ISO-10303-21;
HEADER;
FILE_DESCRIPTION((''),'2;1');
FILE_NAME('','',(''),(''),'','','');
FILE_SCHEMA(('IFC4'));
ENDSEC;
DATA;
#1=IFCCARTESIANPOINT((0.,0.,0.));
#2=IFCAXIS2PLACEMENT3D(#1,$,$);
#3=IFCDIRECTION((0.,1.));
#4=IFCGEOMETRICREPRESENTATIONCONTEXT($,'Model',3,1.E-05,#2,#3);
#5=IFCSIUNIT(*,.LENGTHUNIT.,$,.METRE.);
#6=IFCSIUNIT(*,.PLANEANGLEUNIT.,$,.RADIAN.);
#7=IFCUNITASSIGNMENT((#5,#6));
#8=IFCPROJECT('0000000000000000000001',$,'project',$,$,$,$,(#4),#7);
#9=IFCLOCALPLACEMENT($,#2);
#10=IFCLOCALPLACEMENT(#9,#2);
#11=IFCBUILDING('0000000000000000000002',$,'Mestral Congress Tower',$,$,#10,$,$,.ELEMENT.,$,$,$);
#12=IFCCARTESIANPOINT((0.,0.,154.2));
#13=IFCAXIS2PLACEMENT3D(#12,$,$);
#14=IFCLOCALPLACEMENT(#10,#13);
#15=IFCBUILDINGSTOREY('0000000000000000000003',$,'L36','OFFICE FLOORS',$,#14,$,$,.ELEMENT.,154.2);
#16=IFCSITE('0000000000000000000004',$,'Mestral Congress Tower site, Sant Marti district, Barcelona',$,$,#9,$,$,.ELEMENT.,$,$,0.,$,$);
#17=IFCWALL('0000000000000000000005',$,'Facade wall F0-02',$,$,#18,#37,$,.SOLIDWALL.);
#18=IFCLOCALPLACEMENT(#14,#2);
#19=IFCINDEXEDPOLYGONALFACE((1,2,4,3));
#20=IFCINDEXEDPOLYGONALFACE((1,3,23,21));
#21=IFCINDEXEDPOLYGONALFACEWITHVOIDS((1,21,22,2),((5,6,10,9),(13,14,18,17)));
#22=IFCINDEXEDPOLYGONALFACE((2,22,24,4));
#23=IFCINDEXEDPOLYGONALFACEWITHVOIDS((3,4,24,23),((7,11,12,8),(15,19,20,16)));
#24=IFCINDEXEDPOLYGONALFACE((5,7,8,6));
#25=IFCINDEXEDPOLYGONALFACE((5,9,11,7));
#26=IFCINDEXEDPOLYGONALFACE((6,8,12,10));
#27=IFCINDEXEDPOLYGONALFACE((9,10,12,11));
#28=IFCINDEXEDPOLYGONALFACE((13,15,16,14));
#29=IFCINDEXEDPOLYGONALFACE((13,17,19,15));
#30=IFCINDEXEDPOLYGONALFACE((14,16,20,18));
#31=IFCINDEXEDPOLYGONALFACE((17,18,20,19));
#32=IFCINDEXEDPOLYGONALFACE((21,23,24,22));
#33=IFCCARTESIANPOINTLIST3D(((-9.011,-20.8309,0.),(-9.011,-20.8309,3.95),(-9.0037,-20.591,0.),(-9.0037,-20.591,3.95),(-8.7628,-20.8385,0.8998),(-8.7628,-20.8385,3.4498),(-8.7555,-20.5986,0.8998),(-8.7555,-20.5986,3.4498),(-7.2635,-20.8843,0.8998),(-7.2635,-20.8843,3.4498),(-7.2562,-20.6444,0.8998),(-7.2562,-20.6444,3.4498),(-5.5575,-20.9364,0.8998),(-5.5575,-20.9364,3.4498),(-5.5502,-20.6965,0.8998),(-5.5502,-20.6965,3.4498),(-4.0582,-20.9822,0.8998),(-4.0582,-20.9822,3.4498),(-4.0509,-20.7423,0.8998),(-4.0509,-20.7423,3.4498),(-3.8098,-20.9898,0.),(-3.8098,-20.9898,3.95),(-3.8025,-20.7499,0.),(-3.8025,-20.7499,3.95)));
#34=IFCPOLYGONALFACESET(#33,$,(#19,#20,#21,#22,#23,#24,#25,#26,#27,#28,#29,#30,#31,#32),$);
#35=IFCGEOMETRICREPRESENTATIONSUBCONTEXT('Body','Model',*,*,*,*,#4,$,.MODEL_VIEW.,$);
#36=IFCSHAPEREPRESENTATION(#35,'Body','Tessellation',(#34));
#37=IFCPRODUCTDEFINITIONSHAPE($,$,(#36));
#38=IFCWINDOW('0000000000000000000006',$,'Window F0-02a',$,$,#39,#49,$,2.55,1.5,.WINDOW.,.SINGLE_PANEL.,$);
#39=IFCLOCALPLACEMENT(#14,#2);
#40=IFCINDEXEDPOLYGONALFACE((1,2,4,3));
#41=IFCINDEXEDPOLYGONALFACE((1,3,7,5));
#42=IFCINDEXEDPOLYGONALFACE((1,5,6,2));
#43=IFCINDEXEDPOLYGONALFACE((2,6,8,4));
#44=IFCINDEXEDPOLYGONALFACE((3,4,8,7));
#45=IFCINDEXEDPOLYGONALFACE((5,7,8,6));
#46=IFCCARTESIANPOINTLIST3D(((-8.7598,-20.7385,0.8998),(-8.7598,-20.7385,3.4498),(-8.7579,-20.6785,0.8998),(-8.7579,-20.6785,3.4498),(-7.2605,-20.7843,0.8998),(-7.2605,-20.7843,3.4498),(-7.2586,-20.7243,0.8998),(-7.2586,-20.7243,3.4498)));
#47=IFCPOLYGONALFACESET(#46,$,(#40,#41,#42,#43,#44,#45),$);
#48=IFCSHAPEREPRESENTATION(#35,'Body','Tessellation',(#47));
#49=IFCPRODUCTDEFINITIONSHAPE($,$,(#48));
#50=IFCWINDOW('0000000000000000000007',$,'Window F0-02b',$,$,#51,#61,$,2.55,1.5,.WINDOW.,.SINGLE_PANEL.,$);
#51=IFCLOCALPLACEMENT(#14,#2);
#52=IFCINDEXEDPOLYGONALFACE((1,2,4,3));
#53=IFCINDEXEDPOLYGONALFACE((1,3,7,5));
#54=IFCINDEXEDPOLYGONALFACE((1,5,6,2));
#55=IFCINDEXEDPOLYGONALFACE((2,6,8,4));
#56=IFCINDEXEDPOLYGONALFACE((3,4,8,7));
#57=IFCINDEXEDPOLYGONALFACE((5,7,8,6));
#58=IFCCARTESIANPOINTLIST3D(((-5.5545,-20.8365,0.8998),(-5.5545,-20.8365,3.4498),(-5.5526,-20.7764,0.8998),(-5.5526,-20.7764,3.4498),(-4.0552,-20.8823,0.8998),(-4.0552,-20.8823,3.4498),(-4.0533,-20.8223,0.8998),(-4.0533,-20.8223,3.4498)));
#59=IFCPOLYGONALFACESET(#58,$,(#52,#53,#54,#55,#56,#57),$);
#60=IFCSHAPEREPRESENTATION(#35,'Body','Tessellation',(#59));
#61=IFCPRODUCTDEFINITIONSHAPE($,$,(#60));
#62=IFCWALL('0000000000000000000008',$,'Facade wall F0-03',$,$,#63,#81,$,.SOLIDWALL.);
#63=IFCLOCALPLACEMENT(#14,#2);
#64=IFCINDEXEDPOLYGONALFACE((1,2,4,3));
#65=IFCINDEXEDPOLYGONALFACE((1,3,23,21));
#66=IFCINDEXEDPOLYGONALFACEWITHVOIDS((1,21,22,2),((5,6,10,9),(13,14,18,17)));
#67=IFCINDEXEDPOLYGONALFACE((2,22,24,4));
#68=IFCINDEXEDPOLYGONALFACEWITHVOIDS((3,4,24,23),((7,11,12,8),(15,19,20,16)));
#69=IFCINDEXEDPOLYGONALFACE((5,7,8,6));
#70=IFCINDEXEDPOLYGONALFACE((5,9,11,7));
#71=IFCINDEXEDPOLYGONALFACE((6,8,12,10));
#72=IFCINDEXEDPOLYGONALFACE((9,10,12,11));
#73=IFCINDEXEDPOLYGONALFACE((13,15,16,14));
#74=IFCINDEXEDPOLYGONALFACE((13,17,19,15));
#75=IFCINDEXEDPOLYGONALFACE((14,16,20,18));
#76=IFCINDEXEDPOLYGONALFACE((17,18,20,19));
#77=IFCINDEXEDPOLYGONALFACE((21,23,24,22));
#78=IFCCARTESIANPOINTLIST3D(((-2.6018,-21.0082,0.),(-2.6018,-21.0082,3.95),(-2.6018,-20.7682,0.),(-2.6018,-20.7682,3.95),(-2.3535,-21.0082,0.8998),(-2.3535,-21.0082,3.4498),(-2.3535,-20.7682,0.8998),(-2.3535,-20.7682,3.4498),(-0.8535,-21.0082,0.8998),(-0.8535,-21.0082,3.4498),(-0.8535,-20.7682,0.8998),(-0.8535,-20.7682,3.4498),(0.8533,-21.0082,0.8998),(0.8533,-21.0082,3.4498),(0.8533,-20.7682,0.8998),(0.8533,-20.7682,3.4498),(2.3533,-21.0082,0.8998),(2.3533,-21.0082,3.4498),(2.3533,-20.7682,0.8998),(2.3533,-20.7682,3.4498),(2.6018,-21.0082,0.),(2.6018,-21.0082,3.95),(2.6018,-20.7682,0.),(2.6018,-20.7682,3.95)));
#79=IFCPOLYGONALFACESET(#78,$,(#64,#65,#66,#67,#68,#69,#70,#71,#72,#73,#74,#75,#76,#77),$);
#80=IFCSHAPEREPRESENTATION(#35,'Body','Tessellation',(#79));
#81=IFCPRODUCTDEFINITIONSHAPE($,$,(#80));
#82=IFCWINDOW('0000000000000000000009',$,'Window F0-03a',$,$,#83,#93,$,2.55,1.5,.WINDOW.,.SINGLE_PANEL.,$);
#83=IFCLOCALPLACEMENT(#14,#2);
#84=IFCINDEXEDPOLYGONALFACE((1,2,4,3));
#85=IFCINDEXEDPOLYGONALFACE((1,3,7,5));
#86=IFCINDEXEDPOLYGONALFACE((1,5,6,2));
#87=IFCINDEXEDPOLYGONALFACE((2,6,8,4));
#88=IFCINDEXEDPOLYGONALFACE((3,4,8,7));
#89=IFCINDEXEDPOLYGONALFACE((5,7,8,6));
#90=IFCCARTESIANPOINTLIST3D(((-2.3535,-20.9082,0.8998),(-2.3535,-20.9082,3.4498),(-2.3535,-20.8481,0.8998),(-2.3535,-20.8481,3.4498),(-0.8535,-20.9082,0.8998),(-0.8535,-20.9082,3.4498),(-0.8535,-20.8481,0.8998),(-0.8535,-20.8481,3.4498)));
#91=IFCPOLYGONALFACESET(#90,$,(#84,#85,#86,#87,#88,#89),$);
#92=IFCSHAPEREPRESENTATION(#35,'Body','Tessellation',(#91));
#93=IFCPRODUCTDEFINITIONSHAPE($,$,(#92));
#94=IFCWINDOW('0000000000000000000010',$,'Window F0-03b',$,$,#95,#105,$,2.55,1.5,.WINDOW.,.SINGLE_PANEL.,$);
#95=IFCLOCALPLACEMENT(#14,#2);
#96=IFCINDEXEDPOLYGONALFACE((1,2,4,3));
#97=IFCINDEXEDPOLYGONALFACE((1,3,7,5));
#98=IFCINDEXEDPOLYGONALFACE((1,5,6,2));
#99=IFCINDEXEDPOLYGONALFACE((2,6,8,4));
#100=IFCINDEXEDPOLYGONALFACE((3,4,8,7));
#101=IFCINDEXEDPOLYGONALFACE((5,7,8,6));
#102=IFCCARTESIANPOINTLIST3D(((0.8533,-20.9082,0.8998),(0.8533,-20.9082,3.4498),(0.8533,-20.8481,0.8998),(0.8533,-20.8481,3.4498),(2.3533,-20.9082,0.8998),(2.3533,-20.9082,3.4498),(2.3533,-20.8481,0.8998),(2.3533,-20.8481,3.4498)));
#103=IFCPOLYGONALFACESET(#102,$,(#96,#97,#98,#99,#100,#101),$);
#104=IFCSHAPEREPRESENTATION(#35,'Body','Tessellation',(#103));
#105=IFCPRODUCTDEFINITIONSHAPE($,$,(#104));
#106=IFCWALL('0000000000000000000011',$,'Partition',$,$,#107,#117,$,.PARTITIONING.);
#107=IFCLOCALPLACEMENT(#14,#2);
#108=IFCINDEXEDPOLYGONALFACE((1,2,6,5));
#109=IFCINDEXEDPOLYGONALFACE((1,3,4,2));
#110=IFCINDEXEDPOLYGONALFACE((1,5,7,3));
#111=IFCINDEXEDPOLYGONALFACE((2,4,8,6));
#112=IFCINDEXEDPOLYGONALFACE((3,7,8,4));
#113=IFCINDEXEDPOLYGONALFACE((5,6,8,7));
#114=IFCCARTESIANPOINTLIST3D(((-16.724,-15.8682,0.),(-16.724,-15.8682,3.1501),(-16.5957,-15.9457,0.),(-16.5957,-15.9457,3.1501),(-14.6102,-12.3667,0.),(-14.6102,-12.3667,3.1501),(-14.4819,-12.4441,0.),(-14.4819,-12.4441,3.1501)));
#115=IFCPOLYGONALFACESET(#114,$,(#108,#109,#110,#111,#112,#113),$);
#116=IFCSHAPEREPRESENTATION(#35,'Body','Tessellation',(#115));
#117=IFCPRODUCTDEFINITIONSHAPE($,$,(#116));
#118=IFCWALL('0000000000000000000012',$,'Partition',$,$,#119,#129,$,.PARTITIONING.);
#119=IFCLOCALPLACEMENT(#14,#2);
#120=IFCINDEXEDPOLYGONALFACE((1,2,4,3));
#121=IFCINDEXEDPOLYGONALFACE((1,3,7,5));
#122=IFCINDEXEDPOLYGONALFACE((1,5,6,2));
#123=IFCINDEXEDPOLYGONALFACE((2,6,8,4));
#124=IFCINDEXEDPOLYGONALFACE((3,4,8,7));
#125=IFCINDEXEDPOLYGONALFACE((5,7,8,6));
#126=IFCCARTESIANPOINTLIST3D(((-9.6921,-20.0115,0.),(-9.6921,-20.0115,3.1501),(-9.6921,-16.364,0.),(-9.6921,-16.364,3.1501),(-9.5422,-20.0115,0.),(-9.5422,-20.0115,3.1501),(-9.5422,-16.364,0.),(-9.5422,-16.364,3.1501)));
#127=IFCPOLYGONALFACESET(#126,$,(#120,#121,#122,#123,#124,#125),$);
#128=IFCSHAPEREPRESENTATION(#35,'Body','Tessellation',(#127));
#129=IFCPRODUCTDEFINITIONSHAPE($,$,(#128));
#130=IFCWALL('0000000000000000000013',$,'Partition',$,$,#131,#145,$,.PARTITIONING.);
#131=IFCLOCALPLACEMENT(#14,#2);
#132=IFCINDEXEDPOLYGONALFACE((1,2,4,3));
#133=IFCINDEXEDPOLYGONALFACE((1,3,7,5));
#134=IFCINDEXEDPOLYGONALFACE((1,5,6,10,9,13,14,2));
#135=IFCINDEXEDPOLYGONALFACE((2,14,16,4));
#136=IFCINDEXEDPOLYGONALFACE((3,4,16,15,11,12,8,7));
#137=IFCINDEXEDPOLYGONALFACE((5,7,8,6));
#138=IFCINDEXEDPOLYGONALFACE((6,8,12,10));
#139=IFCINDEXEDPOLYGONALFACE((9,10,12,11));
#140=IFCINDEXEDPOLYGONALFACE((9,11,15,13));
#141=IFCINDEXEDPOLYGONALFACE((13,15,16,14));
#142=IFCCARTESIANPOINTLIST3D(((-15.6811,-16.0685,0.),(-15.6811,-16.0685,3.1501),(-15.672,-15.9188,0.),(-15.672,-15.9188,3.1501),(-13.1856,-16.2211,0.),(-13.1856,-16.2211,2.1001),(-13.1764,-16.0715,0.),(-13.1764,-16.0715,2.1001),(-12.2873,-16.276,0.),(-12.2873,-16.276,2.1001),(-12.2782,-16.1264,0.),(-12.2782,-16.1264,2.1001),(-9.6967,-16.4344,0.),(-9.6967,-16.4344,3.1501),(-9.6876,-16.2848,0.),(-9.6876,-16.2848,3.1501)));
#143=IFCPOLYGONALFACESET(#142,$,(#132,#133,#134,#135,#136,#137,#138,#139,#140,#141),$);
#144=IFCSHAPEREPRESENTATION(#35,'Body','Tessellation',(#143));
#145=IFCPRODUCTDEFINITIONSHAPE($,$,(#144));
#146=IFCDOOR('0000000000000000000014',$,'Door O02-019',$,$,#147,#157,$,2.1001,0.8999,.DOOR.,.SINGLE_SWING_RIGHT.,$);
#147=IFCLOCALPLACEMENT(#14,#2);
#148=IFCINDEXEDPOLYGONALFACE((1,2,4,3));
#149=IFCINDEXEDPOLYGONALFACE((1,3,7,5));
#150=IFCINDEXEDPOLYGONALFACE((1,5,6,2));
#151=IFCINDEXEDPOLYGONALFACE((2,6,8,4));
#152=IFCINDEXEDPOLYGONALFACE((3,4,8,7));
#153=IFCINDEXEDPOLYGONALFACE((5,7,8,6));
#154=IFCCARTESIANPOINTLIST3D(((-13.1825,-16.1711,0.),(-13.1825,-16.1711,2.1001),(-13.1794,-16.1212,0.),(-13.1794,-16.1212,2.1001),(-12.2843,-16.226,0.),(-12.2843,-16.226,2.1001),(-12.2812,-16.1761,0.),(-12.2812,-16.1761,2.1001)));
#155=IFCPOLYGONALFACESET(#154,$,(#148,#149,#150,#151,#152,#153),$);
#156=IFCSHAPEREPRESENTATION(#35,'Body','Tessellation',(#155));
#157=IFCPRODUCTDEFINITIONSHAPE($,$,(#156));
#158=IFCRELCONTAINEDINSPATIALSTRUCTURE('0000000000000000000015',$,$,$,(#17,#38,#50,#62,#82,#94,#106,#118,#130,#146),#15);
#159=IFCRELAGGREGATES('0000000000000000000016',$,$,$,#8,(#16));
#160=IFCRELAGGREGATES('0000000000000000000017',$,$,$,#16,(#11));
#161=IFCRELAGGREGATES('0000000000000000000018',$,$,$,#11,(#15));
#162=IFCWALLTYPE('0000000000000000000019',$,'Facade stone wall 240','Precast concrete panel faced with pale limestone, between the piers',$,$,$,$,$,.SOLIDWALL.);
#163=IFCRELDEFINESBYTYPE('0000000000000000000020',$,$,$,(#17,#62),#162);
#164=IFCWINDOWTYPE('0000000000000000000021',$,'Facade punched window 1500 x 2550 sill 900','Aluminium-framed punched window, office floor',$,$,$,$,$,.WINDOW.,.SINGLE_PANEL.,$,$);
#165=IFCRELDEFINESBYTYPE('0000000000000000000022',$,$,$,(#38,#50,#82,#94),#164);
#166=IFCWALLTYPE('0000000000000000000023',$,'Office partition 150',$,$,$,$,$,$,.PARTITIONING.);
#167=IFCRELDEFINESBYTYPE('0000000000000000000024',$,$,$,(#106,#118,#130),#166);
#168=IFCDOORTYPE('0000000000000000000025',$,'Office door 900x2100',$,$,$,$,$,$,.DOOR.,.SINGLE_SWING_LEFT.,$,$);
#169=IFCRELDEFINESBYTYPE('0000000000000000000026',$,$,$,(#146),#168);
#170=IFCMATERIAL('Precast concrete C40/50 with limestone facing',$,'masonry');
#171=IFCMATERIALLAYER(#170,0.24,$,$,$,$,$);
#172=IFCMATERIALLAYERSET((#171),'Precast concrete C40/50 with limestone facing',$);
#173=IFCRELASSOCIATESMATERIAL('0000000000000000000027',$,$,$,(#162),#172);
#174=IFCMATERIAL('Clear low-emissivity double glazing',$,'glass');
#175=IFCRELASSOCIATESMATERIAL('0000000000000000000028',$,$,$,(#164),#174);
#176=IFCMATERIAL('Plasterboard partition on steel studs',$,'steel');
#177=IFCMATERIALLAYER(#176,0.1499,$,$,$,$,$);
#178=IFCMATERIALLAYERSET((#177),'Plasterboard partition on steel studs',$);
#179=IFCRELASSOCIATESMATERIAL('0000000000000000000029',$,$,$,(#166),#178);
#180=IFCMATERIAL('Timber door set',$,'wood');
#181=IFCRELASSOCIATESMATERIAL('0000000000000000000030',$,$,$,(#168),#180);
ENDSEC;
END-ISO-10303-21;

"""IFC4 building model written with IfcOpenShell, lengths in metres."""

from ifc_helpers import new_model, si_unit, direction, frame, frame_2d, origin, place, context, subcontext, project, spatial, rectangle, extrude, material, layer, layer_set, type_object, element, fill, save


model = new_model("IFC4")

# Units and contexts
model_context = context("Model", 3, precision=1e-05, world=origin(), true_north=direction((0.0, 1.0)))
body_context = subcontext(model_context, "Body", "Model", "MODEL_VIEW")
ifc_project = project(units=[si_unit("LENGTHUNIT", "METRE"), si_unit("PLANEANGLEUNIT", "RADIAN")], contexts=[model_context])

# Site, building, storey
site_placement = place(None, origin())
site = spatial("IfcSite", under=ifc_project, at=site_placement, Name="Mestral Congress Tower site, Sant Marti district, Barcelona", CompositionType="ELEMENT", RefElevation=0.0)
building_placement = place(site_placement, origin())
building = spatial("IfcBuilding", under=site, at=building_placement, Name="Mestral Congress Tower", CompositionType="ELEMENT")
storey_placement = place(building_placement, frame((0.0, 0.0, 154.2)))
storey = spatial("IfcBuildingStorey", under=building, at=storey_placement, Name="L36", Description="OFFICE FLOORS", CompositionType="ELEMENT", Elevation=154.2)

# Walls, openings, windows
ifc_material_1 = material(Name="Precast concrete C40/50 with limestone facing", Category="masonry")
ifc_layer_1 = layer(ifc_material_1, 0.24)
ifc_layer_set_1 = layer_set([ifc_layer_1], Name="Precast concrete C40/50 with limestone facing")
wall_type_1 = type_object("IfcWallType", Name="Facade stone wall 240", Description="Precast concrete panel faced with pale limestone, between the piers", PredefinedType="SOLIDWALL", material=ifc_layer_set_1)
wall_1_placement = place(storey_placement, frame((-9.0073, -20.7109, 0.0), z_axis=(0.0, 0.0, 1.0), x_axis=(0.999533, -0.030543, 0.0)))
wall_1 = element("IfcWall", 1, at=wall_1_placement, inside=storey, type_object=wall_type_1, Name="Facade wall F0-02", PredefinedType="SOLIDWALL", context=body_context, shape_type="SweptSolid", body=[
    extrude(rectangle(XDim=5.2036, YDim=0.24, at=frame_2d((2.6018, 0.0))), origin(), (0.0, 0.0, 1.0), 3.95),
])
opening_1_placement = place(wall_1_placement, frame((0.2483, 0.0, 0.8999)))
opening_1 = element("IfcOpeningElement", 2, at=opening_1_placement, cuts=wall_1, PredefinedType="OPENING", context=body_context, shape_type="SweptSolid", body=[
    extrude(rectangle(XDim=1.5, YDim=2.55, at=frame_2d((0.75, 1.2749))), frame((0.0, 0.1299, 0.0), z_axis=(0.0, -1.0, 0.0), x_axis=(1.0, 0.0, 0.0)), (0.0, 0.0, 1.0), 0.26),
])
opening_2_placement = place(wall_1_placement, frame((3.4551, 0.0, 0.8999)))
opening_2 = element("IfcOpeningElement", 3, at=opening_2_placement, cuts=wall_1, PredefinedType="OPENING", context=body_context, shape_type="SweptSolid", body=[
    extrude(rectangle(XDim=1.5, YDim=2.55, at=frame_2d((0.75, 1.2749))), frame((0.0, 0.1299, 0.0), z_axis=(0.0, -1.0, 0.0), x_axis=(1.0, 0.0, 0.0)), (0.0, 0.0, 1.0), 0.26),
])
ifc_material_2 = material(Name="Clear low-emissivity double glazing", Category="glass")
window_type = type_object("IfcWindowType", Name="Facade punched window 1500 x 2550 sill 900", Description="Aluminium-framed punched window, office floor", PartitioningType="SINGLE_PANEL", PredefinedType="WINDOW", material=ifc_material_2)
window_1_placement = place(opening_1_placement, origin())
window_1 = element("IfcWindow", 4, at=window_1_placement, inside=storey, type_object=window_type, Name="Window F0-02a", OverallHeight=2.55, OverallWidth=1.5, PartitioningType="SINGLE_PANEL", PredefinedType="WINDOW", context=body_context, shape_type="SweptSolid", body=[
    extrude(rectangle(XDim=1.5, YDim=2.55, at=frame_2d((0.75, 1.2749))), frame((0.0, 0.04, 0.0), z_axis=(0.0, -1.0, 0.0), x_axis=(1.0, 0.0, 0.0)), (0.0, 0.0, 1.0), 0.0601),
])
fill(opening_1, window_1)
window_2_placement = place(opening_2_placement, origin())
window_2 = element("IfcWindow", 5, at=window_2_placement, inside=storey, type_object=window_type, Name="Window F0-02b", OverallHeight=2.55, OverallWidth=1.5, PartitioningType="SINGLE_PANEL", PredefinedType="WINDOW", context=body_context, shape_type="SweptSolid", body=[
    extrude(rectangle(XDim=1.5, YDim=2.55, at=frame_2d((0.75, 1.2749))), frame((0.0, 0.04, 0.0), z_axis=(0.0, -1.0, 0.0), x_axis=(1.0, 0.0, 0.0)), (0.0, 0.0, 1.0), 0.0601),
])
fill(opening_2, window_2)
wall_2_placement = place(storey_placement, frame((-2.6018, -20.8882, 0.0), z_axis=(0.0, 0.0, 1.0), x_axis=(1.0, 0.0, 0.0)))
wall_2 = element("IfcWall", 6, at=wall_2_placement, inside=storey, type_object=wall_type_1, Name="Facade wall F0-03", PredefinedType="SOLIDWALL", context=body_context, shape_type="SweptSolid", body=[
    extrude(rectangle(XDim=5.2036, YDim=0.24, at=frame_2d((2.6018, 0.0))), origin(), (0.0, 0.0, 1.0), 3.95),
])
opening_3_placement = place(wall_2_placement, frame((0.2483, 0.0, 0.8999)))
opening_3 = element("IfcOpeningElement", 7, at=opening_3_placement, cuts=wall_2, PredefinedType="OPENING", context=body_context, shape_type="SweptSolid", body=[
    extrude(rectangle(XDim=1.5, YDim=2.55, at=frame_2d((0.75, 1.2749))), frame((0.0, 0.1299, 0.0), z_axis=(0.0, -1.0, 0.0), x_axis=(1.0, 0.0, 0.0)), (0.0, 0.0, 1.0), 0.26),
])
opening_4_placement = place(wall_2_placement, frame((3.4551, 0.0, 0.8999)))
opening_4 = element("IfcOpeningElement", 8, at=opening_4_placement, cuts=wall_2, PredefinedType="OPENING", context=body_context, shape_type="SweptSolid", body=[
    extrude(rectangle(XDim=1.5, YDim=2.55, at=frame_2d((0.75, 1.2749))), frame((0.0, 0.1299, 0.0), z_axis=(0.0, -1.0, 0.0), x_axis=(1.0, 0.0, 0.0)), (0.0, 0.0, 1.0), 0.26),
])
window_3_placement = place(opening_3_placement, origin())
window_3 = element("IfcWindow", 9, at=window_3_placement, inside=storey, type_object=window_type, Name="Window F0-03a", OverallHeight=2.55, OverallWidth=1.5, PartitioningType="SINGLE_PANEL", PredefinedType="WINDOW", context=body_context, shape_type="SweptSolid", body=[
    extrude(rectangle(XDim=1.5, YDim=2.55, at=frame_2d((0.75, 1.2749))), frame((0.0, 0.04, 0.0), z_axis=(0.0, -1.0, 0.0), x_axis=(1.0, 0.0, 0.0)), (0.0, 0.0, 1.0), 0.0601),
])
fill(opening_3, window_3)
window_4_placement = place(opening_4_placement, origin())
window_4 = element("IfcWindow", 10, at=window_4_placement, inside=storey, type_object=window_type, Name="Window F0-03b", OverallHeight=2.55, OverallWidth=1.5, PartitioningType="SINGLE_PANEL", PredefinedType="WINDOW", context=body_context, shape_type="SweptSolid", body=[
    extrude(rectangle(XDim=1.5, YDim=2.55, at=frame_2d((0.75, 1.2749))), frame((0.0, 0.04, 0.0), z_axis=(0.0, -1.0, 0.0), x_axis=(1.0, 0.0, 0.0)), (0.0, 0.0, 1.0), 0.0601),
])
fill(opening_4, window_4)

# Walls
ifc_material_3 = material(Name="Plasterboard partition on steel studs", Category="steel")
ifc_layer_2 = layer(ifc_material_3, 0.1499)
ifc_layer_set_2 = layer_set([ifc_layer_2], Name="Plasterboard partition on steel studs")
wall_type_2 = type_object("IfcWallType", Name="Office partition 150", PredefinedType="PARTITIONING", material=ifc_layer_set_2)
wall_3_placement = place(storey_placement, frame((-14.5461, -12.4055, 0.0), z_axis=(0.0, 0.0, 1.0), x_axis=(-0.516811, -0.856099, 0.0)))
element("IfcWall", 11, at=wall_3_placement, inside=storey, type_object=wall_type_2, Name="Partition", PredefinedType="PARTITIONING", context=body_context, shape_type="SweptSolid", body=[
    extrude(rectangle(XDim=4.0901, YDim=0.1499, at=frame_2d((2.0449, 0.0))), origin(), (0.0, 0.0, 1.0), 3.1501),
])
wall_4_placement = place(storey_placement, frame((-9.6172, -16.364, 0.0), z_axis=(0.0, 0.0, 1.0), x_axis=(0.0, -1.0, 0.0)))
element("IfcWall", 12, at=wall_4_placement, inside=storey, type_object=wall_type_2, Name="Partition", PredefinedType="PARTITIONING", context=body_context, shape_type="SweptSolid", body=[
    extrude(rectangle(XDim=3.6475, YDim=0.1499, at=frame_2d((1.8237, 0.0))), origin(), (0.0, 0.0, 1.0), 3.1501),
])

# Wall, opening, door
wall_5_placement = place(storey_placement, frame((-9.6921, -16.3596, 0.0), z_axis=(0.0, 0.0, 1.0), x_axis=(-0.998135, 0.06104, 0.0)))
wall_5 = element("IfcWall", 13, at=wall_5_placement, inside=storey, type_object=wall_type_2, Name="Partition", PredefinedType="PARTITIONING", context=body_context, shape_type="SweptSolid", body=[
    extrude(rectangle(XDim=5.9956, YDim=0.1499, at=frame_2d((2.9978, 0.0))), origin(), (0.0, 0.0, 1.0), 3.1501),
])
opening_5_placement = place(wall_5_placement, frame((2.5955, 0.0, 0.0)))
opening_5 = element("IfcOpeningElement", 14, at=opening_5_placement, cuts=wall_5, PredefinedType="OPENING", context=body_context, shape_type="SweptSolid", body=[
    extrude(rectangle(XDim=0.8999, YDim=2.1001, at=frame_2d((0.45, 1.05))), frame((0.0, 0.085, 0.0), z_axis=(0.0, -1.0, 0.0), x_axis=(1.0, 0.0, 0.0)), (0.0, 0.0, 1.0), 0.1699),
])
ifc_material_4 = material(Name="Timber door set", Category="wood")
door_type_1 = type_object("IfcDoorType", Name="Office door 900x2100", OperationType="SINGLE_SWING_LEFT", PredefinedType="DOOR", material=ifc_material_4)
door_1_placement = place(opening_5_placement, origin())
door_1 = element("IfcDoor", 15, at=door_1_placement, inside=storey, type_object=door_type_1, Name="Door O02-019", OperationType="SINGLE_SWING_RIGHT", OverallHeight=2.1001, OverallWidth=0.8999, PredefinedType="DOOR", context=body_context, shape_type="SweptSolid", body=[
    extrude(rectangle(XDim=0.8999, YDim=2.1001, at=frame_2d((0.45, 1.05))), frame((0.0, 0.0249, 0.0), z_axis=(0.0, -1.0, 0.0), x_axis=(1.0, 0.0, 0.0)), (0.0, 0.0, 1.0), 0.05),
])
fill(opening_5, door_1)

save(model, "model.ifc")
